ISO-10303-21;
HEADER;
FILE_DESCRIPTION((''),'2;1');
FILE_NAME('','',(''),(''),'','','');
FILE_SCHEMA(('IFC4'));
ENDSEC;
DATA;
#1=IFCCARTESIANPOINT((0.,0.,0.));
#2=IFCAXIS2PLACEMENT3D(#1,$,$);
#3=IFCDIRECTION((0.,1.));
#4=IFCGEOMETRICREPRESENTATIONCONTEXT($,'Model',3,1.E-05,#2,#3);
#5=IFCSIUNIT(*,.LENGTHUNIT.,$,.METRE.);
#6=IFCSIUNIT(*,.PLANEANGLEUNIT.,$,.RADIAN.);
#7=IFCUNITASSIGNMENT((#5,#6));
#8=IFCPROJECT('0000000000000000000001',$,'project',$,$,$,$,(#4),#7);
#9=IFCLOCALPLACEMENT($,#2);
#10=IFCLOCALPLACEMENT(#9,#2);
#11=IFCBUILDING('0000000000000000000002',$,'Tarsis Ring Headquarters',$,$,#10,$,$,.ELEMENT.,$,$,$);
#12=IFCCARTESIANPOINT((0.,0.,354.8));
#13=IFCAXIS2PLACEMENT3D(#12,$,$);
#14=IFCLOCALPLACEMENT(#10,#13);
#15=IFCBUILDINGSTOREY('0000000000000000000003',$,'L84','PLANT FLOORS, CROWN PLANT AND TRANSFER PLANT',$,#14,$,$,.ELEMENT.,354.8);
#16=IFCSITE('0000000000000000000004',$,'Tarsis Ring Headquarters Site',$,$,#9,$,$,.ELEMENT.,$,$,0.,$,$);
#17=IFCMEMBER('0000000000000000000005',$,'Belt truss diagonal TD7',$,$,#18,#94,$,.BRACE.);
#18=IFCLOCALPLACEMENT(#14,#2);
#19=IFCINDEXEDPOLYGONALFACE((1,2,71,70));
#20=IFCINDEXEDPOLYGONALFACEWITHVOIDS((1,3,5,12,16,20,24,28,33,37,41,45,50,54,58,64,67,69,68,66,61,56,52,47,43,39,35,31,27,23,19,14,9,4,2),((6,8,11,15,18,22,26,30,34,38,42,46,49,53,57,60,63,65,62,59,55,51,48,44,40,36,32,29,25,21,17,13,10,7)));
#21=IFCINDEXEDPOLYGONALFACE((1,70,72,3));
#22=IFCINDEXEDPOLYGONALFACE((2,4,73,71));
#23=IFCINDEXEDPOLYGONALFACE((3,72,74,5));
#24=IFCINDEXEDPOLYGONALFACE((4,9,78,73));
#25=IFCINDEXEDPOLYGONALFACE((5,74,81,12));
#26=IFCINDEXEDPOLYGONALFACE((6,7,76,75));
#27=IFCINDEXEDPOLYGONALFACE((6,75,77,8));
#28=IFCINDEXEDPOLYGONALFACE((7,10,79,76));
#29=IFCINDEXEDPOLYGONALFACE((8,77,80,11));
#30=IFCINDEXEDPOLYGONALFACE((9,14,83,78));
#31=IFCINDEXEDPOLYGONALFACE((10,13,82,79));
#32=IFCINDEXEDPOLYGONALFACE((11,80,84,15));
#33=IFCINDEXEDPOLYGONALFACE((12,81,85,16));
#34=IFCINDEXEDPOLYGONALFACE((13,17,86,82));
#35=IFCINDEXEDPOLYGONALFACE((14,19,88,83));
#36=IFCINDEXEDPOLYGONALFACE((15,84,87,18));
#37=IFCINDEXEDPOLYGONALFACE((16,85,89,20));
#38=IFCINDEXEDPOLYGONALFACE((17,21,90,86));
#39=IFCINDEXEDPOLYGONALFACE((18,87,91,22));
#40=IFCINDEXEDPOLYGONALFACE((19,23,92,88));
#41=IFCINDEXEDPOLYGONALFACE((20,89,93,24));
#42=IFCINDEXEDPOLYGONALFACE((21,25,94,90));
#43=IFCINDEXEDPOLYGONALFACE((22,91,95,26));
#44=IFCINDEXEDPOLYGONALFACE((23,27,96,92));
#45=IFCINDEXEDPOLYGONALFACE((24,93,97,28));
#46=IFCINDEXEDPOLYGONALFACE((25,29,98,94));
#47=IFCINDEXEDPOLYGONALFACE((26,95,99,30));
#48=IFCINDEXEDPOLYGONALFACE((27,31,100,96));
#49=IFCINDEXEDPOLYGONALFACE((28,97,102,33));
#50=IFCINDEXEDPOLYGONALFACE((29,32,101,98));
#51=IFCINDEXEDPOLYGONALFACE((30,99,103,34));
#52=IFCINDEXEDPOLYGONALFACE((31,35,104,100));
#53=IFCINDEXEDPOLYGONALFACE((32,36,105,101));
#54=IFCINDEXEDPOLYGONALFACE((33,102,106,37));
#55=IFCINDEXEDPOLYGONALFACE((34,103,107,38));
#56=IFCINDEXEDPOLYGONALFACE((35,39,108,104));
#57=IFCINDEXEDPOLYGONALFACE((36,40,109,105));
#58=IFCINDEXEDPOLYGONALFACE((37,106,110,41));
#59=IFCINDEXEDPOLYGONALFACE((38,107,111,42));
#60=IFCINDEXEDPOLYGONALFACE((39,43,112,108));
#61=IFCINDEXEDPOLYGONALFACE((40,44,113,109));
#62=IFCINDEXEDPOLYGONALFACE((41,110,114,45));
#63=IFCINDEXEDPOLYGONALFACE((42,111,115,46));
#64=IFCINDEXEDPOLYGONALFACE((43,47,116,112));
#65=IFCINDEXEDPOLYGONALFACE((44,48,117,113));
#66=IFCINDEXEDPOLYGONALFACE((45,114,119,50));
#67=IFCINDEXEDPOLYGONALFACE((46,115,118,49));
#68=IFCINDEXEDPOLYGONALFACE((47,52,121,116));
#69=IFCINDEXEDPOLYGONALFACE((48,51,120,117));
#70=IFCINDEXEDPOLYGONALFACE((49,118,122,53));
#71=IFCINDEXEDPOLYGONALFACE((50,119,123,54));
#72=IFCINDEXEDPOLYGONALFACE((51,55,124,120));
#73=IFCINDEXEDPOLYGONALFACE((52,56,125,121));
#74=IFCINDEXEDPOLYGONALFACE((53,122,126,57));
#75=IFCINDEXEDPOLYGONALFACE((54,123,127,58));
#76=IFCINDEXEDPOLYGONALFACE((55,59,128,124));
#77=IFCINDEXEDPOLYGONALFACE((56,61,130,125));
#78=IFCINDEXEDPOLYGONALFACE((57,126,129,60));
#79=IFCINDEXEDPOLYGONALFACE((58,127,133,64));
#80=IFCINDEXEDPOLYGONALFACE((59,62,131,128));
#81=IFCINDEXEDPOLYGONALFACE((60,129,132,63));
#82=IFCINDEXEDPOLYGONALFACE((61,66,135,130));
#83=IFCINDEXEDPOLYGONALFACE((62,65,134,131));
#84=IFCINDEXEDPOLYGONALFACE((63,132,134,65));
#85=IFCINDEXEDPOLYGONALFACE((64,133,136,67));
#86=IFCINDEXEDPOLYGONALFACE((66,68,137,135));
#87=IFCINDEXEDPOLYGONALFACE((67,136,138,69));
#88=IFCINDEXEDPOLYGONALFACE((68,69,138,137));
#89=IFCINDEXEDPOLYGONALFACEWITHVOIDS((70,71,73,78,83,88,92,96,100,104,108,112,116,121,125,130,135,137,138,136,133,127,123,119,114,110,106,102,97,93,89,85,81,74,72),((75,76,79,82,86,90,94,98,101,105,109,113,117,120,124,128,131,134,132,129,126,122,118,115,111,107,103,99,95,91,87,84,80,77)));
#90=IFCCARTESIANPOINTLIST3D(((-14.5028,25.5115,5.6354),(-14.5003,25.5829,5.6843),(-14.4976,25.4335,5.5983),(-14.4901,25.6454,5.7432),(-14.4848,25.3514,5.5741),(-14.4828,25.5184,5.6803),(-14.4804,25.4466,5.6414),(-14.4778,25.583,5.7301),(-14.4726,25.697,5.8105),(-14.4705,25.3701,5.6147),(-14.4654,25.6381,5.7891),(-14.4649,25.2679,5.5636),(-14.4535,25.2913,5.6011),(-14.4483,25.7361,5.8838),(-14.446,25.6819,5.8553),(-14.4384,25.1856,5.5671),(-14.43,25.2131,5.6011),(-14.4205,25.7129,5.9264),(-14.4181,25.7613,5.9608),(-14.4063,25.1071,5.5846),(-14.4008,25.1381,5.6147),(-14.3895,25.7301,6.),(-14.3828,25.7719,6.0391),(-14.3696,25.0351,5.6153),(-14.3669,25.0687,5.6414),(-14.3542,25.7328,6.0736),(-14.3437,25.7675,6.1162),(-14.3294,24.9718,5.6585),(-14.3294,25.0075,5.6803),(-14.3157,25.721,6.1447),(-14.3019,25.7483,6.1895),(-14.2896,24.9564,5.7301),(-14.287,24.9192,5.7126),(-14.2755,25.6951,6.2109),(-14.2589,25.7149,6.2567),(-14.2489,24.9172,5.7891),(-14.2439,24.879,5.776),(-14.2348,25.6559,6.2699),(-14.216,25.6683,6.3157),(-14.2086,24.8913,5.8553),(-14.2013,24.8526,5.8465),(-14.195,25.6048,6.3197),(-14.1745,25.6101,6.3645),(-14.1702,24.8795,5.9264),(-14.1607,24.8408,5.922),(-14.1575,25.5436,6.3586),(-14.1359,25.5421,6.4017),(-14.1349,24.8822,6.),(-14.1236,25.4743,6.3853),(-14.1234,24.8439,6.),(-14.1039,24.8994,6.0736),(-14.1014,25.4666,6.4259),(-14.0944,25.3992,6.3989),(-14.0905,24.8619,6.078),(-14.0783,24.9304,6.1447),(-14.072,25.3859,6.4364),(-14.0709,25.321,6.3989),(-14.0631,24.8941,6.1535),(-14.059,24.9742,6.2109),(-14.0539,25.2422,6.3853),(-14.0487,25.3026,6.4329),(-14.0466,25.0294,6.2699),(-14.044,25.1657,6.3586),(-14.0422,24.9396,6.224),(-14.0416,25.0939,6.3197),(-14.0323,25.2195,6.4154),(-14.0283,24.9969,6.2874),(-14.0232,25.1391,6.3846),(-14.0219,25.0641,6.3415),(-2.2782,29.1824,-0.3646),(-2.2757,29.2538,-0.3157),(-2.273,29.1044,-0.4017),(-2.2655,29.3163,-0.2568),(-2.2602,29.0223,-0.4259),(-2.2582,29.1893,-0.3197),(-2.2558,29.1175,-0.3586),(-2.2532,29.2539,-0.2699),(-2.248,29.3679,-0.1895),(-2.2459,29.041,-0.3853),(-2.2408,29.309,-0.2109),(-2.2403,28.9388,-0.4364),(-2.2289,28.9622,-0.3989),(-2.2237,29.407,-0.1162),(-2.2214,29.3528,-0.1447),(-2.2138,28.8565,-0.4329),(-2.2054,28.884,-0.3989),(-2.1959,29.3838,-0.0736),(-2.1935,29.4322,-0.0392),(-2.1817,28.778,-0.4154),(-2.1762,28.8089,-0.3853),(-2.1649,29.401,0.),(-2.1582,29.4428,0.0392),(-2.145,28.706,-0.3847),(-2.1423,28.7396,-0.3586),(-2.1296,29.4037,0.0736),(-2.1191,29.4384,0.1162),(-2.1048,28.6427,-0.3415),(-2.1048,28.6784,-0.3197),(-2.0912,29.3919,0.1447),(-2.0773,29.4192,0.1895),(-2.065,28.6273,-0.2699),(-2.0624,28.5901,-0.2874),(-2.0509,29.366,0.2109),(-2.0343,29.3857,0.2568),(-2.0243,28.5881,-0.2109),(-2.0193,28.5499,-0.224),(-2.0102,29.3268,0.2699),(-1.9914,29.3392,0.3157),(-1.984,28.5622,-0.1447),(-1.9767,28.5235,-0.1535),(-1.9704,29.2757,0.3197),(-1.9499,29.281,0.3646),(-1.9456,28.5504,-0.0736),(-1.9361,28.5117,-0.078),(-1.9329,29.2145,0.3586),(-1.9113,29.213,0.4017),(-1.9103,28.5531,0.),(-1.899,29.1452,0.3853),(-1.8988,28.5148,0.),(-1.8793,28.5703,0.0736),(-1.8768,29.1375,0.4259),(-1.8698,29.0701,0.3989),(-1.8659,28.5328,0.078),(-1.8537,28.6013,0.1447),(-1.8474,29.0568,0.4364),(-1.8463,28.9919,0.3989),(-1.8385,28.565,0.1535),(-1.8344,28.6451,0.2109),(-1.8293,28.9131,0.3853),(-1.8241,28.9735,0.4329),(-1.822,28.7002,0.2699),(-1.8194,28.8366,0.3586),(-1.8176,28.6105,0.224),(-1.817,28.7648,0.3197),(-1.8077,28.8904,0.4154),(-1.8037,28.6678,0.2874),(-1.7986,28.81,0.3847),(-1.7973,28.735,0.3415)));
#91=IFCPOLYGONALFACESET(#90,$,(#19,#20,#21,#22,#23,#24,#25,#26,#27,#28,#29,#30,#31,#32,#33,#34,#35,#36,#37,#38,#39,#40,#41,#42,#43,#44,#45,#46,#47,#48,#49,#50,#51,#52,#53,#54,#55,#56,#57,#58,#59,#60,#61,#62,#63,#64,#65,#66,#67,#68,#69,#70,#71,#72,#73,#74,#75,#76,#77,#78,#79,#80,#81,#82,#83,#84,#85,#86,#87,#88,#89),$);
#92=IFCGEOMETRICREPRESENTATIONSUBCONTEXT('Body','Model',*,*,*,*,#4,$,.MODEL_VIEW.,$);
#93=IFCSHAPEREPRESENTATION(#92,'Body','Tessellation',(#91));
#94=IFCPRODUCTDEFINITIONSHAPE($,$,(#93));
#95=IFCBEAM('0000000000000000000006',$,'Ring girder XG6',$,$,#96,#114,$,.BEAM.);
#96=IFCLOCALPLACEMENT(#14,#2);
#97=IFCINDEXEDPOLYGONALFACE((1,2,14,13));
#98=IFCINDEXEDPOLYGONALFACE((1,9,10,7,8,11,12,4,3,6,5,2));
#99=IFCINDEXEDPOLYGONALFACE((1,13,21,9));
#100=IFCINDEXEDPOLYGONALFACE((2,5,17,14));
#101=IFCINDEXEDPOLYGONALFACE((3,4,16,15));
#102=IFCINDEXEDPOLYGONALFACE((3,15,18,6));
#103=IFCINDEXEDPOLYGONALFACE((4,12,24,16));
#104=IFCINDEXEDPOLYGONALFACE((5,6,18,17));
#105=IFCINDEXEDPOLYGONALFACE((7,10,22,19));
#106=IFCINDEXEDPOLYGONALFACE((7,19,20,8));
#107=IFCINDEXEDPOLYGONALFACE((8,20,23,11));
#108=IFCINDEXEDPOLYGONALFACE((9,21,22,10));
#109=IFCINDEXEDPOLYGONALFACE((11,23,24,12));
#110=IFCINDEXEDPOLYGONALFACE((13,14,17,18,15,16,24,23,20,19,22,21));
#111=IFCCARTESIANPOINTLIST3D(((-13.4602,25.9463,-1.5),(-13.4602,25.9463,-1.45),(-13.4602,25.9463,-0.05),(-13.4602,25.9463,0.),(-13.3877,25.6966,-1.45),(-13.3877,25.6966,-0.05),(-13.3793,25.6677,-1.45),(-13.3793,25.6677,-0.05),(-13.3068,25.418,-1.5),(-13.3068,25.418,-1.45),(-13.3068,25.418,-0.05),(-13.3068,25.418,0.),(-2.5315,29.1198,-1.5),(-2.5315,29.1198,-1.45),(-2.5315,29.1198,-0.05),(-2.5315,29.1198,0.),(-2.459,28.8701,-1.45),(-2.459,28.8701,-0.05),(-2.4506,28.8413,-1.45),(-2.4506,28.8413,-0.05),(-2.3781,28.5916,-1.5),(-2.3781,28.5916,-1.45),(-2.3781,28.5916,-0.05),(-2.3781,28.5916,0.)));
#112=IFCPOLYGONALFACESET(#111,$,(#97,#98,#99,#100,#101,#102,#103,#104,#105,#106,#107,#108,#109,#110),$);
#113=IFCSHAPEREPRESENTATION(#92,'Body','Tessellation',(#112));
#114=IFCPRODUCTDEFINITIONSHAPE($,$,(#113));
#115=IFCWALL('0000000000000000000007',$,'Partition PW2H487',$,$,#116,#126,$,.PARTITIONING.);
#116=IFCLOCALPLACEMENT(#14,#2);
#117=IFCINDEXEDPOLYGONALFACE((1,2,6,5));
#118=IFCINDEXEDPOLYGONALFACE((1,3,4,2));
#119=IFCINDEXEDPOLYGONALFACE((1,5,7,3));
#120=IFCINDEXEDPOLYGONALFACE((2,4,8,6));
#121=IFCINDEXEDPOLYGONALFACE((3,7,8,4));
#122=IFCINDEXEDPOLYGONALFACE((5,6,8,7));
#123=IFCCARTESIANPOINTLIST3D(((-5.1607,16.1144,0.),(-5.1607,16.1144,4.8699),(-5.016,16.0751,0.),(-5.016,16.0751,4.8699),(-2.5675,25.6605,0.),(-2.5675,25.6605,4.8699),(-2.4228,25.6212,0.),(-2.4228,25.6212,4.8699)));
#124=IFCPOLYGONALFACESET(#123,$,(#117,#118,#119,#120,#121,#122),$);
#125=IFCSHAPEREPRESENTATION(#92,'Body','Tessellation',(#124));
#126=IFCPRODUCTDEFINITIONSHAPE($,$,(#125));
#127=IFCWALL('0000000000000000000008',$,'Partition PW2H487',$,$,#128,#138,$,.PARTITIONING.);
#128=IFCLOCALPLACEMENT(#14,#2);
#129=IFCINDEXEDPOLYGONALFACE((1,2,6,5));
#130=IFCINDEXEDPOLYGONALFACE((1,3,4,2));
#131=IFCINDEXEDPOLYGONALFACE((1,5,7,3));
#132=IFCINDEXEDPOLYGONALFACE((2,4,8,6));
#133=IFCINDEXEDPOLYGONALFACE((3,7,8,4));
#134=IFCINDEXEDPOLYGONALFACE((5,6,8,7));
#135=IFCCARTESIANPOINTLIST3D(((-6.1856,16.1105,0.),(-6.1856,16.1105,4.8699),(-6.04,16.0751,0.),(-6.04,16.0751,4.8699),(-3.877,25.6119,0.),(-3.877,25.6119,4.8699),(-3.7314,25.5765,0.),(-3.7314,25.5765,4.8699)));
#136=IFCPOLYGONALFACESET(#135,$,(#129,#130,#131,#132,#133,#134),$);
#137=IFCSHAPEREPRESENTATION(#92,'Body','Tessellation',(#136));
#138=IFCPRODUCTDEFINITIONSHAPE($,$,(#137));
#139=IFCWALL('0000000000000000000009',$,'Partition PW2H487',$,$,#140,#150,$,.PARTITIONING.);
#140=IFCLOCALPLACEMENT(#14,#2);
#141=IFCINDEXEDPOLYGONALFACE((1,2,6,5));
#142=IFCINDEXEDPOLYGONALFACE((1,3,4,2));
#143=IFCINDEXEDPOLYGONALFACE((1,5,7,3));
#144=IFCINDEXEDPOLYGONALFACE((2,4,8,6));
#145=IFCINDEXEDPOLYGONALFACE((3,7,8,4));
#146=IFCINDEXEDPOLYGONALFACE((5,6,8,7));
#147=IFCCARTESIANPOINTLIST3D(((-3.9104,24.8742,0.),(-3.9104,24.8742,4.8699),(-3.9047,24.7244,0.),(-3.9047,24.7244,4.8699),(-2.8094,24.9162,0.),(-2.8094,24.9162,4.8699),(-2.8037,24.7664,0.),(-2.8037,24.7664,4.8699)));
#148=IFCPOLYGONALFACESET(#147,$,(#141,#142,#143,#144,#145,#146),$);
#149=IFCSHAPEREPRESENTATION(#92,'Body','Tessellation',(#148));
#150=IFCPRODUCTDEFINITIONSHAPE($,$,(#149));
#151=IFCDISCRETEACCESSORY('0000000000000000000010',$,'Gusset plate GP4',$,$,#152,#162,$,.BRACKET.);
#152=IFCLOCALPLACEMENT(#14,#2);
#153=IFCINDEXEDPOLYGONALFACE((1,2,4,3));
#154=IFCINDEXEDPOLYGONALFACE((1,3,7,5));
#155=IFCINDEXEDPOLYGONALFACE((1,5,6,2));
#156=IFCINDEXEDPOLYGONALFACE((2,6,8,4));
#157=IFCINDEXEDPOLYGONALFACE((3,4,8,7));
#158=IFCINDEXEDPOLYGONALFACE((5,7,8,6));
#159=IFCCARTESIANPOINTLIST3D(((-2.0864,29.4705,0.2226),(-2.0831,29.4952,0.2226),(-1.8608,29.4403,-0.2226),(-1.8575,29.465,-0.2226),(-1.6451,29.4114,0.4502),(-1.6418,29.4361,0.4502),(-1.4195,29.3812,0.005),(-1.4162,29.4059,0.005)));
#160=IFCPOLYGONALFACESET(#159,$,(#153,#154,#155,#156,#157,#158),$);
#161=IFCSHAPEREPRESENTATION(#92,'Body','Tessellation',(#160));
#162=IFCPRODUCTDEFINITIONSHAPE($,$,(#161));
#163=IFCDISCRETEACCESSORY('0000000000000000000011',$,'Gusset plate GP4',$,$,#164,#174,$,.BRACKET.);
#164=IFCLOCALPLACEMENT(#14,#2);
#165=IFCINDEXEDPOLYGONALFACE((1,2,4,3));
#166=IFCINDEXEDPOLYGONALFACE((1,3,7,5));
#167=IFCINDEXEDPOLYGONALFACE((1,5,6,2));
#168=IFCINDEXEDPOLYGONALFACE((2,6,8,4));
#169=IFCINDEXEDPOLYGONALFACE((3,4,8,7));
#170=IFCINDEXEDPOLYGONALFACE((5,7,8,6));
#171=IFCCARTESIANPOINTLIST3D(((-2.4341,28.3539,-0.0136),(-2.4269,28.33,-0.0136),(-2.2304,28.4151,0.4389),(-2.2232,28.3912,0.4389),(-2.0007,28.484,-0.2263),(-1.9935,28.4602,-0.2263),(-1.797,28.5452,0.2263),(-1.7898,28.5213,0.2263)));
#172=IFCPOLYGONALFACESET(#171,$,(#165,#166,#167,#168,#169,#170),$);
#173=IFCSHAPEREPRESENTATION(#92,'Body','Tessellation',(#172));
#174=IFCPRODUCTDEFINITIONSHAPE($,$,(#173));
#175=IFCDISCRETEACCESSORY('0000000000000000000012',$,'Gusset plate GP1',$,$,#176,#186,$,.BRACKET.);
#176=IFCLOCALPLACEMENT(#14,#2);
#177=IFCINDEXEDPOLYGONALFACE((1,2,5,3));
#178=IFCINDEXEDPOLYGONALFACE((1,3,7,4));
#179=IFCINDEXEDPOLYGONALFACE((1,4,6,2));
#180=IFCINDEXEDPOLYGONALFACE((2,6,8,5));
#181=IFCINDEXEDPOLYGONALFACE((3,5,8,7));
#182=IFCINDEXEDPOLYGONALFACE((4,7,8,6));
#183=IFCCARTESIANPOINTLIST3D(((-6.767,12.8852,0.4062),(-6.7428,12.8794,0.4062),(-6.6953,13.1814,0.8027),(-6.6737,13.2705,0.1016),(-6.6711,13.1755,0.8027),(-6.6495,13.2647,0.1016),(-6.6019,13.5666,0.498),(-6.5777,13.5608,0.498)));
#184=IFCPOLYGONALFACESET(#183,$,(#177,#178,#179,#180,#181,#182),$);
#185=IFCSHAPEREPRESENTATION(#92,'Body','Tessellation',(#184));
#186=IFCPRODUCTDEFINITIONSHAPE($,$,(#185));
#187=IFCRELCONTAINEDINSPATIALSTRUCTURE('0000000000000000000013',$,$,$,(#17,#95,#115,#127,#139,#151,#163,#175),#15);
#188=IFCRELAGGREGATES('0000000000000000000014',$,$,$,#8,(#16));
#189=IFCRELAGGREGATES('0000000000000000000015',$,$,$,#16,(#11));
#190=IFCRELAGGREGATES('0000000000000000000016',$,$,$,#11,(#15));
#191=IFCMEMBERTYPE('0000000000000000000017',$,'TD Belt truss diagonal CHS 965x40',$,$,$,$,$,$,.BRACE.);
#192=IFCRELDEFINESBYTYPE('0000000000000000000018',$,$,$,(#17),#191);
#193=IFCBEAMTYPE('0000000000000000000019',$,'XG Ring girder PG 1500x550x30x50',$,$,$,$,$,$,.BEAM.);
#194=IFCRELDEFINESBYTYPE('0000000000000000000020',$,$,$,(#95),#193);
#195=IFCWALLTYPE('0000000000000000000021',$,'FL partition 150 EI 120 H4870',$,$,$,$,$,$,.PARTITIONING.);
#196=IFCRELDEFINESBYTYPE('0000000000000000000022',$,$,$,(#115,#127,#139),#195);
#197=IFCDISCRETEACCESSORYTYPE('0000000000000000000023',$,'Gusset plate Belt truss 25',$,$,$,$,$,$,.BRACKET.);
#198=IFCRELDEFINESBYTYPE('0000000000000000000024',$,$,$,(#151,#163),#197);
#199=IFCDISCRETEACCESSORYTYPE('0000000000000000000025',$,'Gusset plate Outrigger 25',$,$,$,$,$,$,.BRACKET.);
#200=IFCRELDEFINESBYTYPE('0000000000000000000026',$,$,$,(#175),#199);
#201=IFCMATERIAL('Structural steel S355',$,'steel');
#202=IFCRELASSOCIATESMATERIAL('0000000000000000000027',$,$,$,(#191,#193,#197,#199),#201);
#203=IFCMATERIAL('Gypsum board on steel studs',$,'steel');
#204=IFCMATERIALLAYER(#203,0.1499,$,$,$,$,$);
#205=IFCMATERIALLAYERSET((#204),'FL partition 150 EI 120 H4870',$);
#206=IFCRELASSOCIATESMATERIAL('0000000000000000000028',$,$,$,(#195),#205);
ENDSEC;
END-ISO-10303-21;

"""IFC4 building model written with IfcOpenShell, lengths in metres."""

from ifc_helpers import new_model, si_unit, direction, frame, frame_2d, origin, origin_2d, place, context, subcontext, project, spatial, rectangle, hollow_circle, i_section, extrude, material, layer, layer_set, material_profile, profile_set, type_object, element, save


model = new_model("IFC4")

# Units and contexts
model_context = context("Model", 3, precision=1e-05, world=origin(), true_north=direction((0.0, 1.0)))
body_context = subcontext(model_context, "Body", "Model", "MODEL_VIEW")
ifc_project = project(units=[si_unit("LENGTHUNIT", "METRE"), si_unit("PLANEANGLEUNIT", "RADIAN")], contexts=[model_context])

# Site, building, storey
site_placement = place(None, origin())
site = spatial("IfcSite", under=ifc_project, at=site_placement, Name="Tarsis Ring Headquarters Site", CompositionType="ELEMENT", RefElevation=0.0)
building_placement = place(site_placement, origin())
building = spatial("IfcBuilding", under=site, at=building_placement, Name="Tarsis Ring Headquarters", CompositionType="ELEMENT")
storey_placement = place(building_placement, frame((0.0, 0.0, 354.8)))
storey = spatial("IfcBuildingStorey", under=building, at=storey_placement, Name="L84", Description="PLANT FLOORS, CROWN PLANT AND TRANSFER PLANT", CompositionType="ELEMENT", Elevation=354.8)

# Shared definitions
ifc_material_1 = material(Name="Structural steel S355", Category="steel")
ifc_material_profile_1 = material_profile(ifc_material_1, hollow_circle(Radius=0.4827, WallThickness=0.04, at=origin_2d()), Name="CHS 965x40")
ifc_profile_set_1 = profile_set([ifc_material_profile_1], Name="Structural steel S355")

# Member
member_type_1 = type_object("IfcMemberType", Name="TD Belt truss diagonal CHS 965x40", PredefinedType="BRACE", material=ifc_profile_set_1)
member_1_placement = place(storey_placement, frame((-2.0376, 28.9771, 0.0), z_axis=(-0.866761, -0.260278, 0.425418), x_axis=(0.287601, -0.95775, 0.0)))
element("IfcMember", 1, at=member_1_placement, inside=storey, type_object=member_type_1, Name="Belt truss diagonal TD7", PredefinedType="BRACE", context=body_context, shape_type="SweptSolid", body=[
    extrude(hollow_circle(Radius=0.4827, WallThickness=0.04, at=origin_2d()), origin(), (0.0, 0.0, 1.0), 14.1038),
])

# Beam
ifc_material_profile_2 = material_profile(ifc_material_1, i_section(OverallWidth=0.55, OverallDepth=1.5, WebThickness=0.03, FlangeThickness=0.05, at=origin_2d()), Name="PG 1500x550x30x50")
ifc_profile_set_2 = profile_set([ifc_material_profile_2], Name="Structural steel S355")
beam_type_1 = type_object("IfcBeamType", Name="XG Ring girder PG 1500x550x30x50", PredefinedType="BEAM", material=ifc_profile_set_2)
beam_1_placement = place(storey_placement, frame((-2.4548, 28.8557, -0.75), z_axis=(-0.960329, -0.27887, 0.0), x_axis=(0.27887, -0.960329, 0.0)))
element("IfcBeam", 2, at=beam_1_placement, inside=storey, type_object=beam_type_1, Name="Ring girder XG6", PredefinedType="BEAM", context=body_context, shape_type="SweptSolid", body=[
    extrude(i_section(OverallWidth=0.55, OverallDepth=1.5, WebThickness=0.03, FlangeThickness=0.05, at=origin_2d()), origin(), (0.0, 0.0, 1.0), 11.3801),
])

# Walls
ifc_material_2 = material(Name="Gypsum board on steel studs", Category="steel")
ifc_layer = layer(ifc_material_2, 0.1499)
ifc_layer_set = layer_set([ifc_layer], Name="FL partition 150 EI 120 H4870")
wall_type = type_object("IfcWallType", Name="FL partition 150 EI 120 H4870", PredefinedType="PARTITIONING", material=ifc_layer_set)
wall_1_placement = place(storey_placement, frame((-5.0884, 16.0947, 0.0), z_axis=(0.0, 0.0, 1.0), x_axis=(0.262155, 0.965026, 0.0)))
element("IfcWall", 3, at=wall_1_placement, inside=storey, type_object=wall_type, Name="Partition PW2H487", PredefinedType="PARTITIONING", context=body_context, shape_type="SweptSolid", body=[
    extrude(rectangle(XDim=9.8921, YDim=0.1499, at=frame_2d((4.946, 0.0))), origin(), (0.0, 0.0, 1.0), 4.8699),
])
wall_2_placement = place(storey_placement, frame((-6.1128, 16.0928, 0.0), z_axis=(0.0, 0.0, 1.0), x_axis=(0.236103, 0.971728, 0.0)))
element("IfcWall", 4, at=wall_2_placement, inside=storey, type_object=wall_type, Name="Partition PW2H487", PredefinedType="PARTITIONING", context=body_context, shape_type="SweptSolid", body=[
    extrude(rectangle(XDim=9.7778, YDim=0.1499, at=frame_2d((4.8889, 0.0))), origin(), (0.0, 0.0, 1.0), 4.8699),
])
wall_3_placement = place(storey_placement, frame((-3.9075, 24.7993, 0.0), z_axis=(0.0, 0.0, 1.0), x_axis=(0.999274, 0.03811, 0.0)))
element("IfcWall", 5, at=wall_3_placement, inside=storey, type_object=wall_type, Name="Partition PW2H487", PredefinedType="PARTITIONING", context=body_context, shape_type="SweptSolid", body=[
    extrude(rectangle(XDim=1.1018, YDim=0.1499, at=frame_2d((0.5508, 0.0))), origin(), (0.0, 0.0, 1.0), 4.8699),
])

# Discrete accessories
ifc_material_profile_3 = material_profile(ifc_material_1, rectangle(XDim=0.0249, YDim=0.5, at=origin_2d()), Name="PL 25x500")
ifc_profile_set_3 = profile_set([ifc_material_profile_3], Name="Structural steel S355")
discrete_accessory_type_1 = type_object("IfcDiscreteAccessoryType", Name="Gusset plate Belt truss 25", PredefinedType="BRACKET", material=ifc_profile_set_3)
for number, where, z_axis, x_axis, name in (
    (6, (-1.9719, 29.4678, 0.0), (0.882521, -0.11819, 0.455179), (0.132739, 0.991151, 0.0), "Gusset plate GP4"),
    (7, (-1.8953, 28.5027, 0.0), (-0.866797, -0.260283, 0.425341), (0.287595, -0.957752, 0.0), "Gusset plate GP4"),
):
    element("IfcDiscreteAccessory", number, at=place(storey_placement, frame(where, z_axis=z_axis, x_axis=x_axis)), inside=storey, type_object=discrete_accessory_type_1, Name=name, PredefinedType="BRACKET", context=body_context, shape_type="SweptSolid", body=[
        extrude(rectangle(XDim=0.0249, YDim=0.5, at=origin_2d()), origin(), (0.0, 0.0, 1.0), 0.5),
    ])
discrete_accessory_type_2 = type_object("IfcDiscreteAccessoryType", Name="Gusset plate Outrigger 25", PredefinedType="BRACKET", material=ifc_profile_set_3)
discrete_accessory_1_placement = place(storey_placement, frame((-6.7083, 13.075, 0.2539), z_axis=(0.14354, 0.592223, 0.792886), x_axis=(-0.971861, 0.235554, 0.0)))
element("IfcDiscreteAccessory", 8, at=discrete_accessory_1_placement, inside=storey, type_object=discrete_accessory_type_2, Name="Gusset plate GP1", PredefinedType="BRACKET", context=body_context, shape_type="SweptSolid", body=[
    extrude(rectangle(XDim=0.0249, YDim=0.5, at=origin_2d()), origin(), (0.0, 0.0, 1.0), 0.5),
])

save(model, "model.ifc")
